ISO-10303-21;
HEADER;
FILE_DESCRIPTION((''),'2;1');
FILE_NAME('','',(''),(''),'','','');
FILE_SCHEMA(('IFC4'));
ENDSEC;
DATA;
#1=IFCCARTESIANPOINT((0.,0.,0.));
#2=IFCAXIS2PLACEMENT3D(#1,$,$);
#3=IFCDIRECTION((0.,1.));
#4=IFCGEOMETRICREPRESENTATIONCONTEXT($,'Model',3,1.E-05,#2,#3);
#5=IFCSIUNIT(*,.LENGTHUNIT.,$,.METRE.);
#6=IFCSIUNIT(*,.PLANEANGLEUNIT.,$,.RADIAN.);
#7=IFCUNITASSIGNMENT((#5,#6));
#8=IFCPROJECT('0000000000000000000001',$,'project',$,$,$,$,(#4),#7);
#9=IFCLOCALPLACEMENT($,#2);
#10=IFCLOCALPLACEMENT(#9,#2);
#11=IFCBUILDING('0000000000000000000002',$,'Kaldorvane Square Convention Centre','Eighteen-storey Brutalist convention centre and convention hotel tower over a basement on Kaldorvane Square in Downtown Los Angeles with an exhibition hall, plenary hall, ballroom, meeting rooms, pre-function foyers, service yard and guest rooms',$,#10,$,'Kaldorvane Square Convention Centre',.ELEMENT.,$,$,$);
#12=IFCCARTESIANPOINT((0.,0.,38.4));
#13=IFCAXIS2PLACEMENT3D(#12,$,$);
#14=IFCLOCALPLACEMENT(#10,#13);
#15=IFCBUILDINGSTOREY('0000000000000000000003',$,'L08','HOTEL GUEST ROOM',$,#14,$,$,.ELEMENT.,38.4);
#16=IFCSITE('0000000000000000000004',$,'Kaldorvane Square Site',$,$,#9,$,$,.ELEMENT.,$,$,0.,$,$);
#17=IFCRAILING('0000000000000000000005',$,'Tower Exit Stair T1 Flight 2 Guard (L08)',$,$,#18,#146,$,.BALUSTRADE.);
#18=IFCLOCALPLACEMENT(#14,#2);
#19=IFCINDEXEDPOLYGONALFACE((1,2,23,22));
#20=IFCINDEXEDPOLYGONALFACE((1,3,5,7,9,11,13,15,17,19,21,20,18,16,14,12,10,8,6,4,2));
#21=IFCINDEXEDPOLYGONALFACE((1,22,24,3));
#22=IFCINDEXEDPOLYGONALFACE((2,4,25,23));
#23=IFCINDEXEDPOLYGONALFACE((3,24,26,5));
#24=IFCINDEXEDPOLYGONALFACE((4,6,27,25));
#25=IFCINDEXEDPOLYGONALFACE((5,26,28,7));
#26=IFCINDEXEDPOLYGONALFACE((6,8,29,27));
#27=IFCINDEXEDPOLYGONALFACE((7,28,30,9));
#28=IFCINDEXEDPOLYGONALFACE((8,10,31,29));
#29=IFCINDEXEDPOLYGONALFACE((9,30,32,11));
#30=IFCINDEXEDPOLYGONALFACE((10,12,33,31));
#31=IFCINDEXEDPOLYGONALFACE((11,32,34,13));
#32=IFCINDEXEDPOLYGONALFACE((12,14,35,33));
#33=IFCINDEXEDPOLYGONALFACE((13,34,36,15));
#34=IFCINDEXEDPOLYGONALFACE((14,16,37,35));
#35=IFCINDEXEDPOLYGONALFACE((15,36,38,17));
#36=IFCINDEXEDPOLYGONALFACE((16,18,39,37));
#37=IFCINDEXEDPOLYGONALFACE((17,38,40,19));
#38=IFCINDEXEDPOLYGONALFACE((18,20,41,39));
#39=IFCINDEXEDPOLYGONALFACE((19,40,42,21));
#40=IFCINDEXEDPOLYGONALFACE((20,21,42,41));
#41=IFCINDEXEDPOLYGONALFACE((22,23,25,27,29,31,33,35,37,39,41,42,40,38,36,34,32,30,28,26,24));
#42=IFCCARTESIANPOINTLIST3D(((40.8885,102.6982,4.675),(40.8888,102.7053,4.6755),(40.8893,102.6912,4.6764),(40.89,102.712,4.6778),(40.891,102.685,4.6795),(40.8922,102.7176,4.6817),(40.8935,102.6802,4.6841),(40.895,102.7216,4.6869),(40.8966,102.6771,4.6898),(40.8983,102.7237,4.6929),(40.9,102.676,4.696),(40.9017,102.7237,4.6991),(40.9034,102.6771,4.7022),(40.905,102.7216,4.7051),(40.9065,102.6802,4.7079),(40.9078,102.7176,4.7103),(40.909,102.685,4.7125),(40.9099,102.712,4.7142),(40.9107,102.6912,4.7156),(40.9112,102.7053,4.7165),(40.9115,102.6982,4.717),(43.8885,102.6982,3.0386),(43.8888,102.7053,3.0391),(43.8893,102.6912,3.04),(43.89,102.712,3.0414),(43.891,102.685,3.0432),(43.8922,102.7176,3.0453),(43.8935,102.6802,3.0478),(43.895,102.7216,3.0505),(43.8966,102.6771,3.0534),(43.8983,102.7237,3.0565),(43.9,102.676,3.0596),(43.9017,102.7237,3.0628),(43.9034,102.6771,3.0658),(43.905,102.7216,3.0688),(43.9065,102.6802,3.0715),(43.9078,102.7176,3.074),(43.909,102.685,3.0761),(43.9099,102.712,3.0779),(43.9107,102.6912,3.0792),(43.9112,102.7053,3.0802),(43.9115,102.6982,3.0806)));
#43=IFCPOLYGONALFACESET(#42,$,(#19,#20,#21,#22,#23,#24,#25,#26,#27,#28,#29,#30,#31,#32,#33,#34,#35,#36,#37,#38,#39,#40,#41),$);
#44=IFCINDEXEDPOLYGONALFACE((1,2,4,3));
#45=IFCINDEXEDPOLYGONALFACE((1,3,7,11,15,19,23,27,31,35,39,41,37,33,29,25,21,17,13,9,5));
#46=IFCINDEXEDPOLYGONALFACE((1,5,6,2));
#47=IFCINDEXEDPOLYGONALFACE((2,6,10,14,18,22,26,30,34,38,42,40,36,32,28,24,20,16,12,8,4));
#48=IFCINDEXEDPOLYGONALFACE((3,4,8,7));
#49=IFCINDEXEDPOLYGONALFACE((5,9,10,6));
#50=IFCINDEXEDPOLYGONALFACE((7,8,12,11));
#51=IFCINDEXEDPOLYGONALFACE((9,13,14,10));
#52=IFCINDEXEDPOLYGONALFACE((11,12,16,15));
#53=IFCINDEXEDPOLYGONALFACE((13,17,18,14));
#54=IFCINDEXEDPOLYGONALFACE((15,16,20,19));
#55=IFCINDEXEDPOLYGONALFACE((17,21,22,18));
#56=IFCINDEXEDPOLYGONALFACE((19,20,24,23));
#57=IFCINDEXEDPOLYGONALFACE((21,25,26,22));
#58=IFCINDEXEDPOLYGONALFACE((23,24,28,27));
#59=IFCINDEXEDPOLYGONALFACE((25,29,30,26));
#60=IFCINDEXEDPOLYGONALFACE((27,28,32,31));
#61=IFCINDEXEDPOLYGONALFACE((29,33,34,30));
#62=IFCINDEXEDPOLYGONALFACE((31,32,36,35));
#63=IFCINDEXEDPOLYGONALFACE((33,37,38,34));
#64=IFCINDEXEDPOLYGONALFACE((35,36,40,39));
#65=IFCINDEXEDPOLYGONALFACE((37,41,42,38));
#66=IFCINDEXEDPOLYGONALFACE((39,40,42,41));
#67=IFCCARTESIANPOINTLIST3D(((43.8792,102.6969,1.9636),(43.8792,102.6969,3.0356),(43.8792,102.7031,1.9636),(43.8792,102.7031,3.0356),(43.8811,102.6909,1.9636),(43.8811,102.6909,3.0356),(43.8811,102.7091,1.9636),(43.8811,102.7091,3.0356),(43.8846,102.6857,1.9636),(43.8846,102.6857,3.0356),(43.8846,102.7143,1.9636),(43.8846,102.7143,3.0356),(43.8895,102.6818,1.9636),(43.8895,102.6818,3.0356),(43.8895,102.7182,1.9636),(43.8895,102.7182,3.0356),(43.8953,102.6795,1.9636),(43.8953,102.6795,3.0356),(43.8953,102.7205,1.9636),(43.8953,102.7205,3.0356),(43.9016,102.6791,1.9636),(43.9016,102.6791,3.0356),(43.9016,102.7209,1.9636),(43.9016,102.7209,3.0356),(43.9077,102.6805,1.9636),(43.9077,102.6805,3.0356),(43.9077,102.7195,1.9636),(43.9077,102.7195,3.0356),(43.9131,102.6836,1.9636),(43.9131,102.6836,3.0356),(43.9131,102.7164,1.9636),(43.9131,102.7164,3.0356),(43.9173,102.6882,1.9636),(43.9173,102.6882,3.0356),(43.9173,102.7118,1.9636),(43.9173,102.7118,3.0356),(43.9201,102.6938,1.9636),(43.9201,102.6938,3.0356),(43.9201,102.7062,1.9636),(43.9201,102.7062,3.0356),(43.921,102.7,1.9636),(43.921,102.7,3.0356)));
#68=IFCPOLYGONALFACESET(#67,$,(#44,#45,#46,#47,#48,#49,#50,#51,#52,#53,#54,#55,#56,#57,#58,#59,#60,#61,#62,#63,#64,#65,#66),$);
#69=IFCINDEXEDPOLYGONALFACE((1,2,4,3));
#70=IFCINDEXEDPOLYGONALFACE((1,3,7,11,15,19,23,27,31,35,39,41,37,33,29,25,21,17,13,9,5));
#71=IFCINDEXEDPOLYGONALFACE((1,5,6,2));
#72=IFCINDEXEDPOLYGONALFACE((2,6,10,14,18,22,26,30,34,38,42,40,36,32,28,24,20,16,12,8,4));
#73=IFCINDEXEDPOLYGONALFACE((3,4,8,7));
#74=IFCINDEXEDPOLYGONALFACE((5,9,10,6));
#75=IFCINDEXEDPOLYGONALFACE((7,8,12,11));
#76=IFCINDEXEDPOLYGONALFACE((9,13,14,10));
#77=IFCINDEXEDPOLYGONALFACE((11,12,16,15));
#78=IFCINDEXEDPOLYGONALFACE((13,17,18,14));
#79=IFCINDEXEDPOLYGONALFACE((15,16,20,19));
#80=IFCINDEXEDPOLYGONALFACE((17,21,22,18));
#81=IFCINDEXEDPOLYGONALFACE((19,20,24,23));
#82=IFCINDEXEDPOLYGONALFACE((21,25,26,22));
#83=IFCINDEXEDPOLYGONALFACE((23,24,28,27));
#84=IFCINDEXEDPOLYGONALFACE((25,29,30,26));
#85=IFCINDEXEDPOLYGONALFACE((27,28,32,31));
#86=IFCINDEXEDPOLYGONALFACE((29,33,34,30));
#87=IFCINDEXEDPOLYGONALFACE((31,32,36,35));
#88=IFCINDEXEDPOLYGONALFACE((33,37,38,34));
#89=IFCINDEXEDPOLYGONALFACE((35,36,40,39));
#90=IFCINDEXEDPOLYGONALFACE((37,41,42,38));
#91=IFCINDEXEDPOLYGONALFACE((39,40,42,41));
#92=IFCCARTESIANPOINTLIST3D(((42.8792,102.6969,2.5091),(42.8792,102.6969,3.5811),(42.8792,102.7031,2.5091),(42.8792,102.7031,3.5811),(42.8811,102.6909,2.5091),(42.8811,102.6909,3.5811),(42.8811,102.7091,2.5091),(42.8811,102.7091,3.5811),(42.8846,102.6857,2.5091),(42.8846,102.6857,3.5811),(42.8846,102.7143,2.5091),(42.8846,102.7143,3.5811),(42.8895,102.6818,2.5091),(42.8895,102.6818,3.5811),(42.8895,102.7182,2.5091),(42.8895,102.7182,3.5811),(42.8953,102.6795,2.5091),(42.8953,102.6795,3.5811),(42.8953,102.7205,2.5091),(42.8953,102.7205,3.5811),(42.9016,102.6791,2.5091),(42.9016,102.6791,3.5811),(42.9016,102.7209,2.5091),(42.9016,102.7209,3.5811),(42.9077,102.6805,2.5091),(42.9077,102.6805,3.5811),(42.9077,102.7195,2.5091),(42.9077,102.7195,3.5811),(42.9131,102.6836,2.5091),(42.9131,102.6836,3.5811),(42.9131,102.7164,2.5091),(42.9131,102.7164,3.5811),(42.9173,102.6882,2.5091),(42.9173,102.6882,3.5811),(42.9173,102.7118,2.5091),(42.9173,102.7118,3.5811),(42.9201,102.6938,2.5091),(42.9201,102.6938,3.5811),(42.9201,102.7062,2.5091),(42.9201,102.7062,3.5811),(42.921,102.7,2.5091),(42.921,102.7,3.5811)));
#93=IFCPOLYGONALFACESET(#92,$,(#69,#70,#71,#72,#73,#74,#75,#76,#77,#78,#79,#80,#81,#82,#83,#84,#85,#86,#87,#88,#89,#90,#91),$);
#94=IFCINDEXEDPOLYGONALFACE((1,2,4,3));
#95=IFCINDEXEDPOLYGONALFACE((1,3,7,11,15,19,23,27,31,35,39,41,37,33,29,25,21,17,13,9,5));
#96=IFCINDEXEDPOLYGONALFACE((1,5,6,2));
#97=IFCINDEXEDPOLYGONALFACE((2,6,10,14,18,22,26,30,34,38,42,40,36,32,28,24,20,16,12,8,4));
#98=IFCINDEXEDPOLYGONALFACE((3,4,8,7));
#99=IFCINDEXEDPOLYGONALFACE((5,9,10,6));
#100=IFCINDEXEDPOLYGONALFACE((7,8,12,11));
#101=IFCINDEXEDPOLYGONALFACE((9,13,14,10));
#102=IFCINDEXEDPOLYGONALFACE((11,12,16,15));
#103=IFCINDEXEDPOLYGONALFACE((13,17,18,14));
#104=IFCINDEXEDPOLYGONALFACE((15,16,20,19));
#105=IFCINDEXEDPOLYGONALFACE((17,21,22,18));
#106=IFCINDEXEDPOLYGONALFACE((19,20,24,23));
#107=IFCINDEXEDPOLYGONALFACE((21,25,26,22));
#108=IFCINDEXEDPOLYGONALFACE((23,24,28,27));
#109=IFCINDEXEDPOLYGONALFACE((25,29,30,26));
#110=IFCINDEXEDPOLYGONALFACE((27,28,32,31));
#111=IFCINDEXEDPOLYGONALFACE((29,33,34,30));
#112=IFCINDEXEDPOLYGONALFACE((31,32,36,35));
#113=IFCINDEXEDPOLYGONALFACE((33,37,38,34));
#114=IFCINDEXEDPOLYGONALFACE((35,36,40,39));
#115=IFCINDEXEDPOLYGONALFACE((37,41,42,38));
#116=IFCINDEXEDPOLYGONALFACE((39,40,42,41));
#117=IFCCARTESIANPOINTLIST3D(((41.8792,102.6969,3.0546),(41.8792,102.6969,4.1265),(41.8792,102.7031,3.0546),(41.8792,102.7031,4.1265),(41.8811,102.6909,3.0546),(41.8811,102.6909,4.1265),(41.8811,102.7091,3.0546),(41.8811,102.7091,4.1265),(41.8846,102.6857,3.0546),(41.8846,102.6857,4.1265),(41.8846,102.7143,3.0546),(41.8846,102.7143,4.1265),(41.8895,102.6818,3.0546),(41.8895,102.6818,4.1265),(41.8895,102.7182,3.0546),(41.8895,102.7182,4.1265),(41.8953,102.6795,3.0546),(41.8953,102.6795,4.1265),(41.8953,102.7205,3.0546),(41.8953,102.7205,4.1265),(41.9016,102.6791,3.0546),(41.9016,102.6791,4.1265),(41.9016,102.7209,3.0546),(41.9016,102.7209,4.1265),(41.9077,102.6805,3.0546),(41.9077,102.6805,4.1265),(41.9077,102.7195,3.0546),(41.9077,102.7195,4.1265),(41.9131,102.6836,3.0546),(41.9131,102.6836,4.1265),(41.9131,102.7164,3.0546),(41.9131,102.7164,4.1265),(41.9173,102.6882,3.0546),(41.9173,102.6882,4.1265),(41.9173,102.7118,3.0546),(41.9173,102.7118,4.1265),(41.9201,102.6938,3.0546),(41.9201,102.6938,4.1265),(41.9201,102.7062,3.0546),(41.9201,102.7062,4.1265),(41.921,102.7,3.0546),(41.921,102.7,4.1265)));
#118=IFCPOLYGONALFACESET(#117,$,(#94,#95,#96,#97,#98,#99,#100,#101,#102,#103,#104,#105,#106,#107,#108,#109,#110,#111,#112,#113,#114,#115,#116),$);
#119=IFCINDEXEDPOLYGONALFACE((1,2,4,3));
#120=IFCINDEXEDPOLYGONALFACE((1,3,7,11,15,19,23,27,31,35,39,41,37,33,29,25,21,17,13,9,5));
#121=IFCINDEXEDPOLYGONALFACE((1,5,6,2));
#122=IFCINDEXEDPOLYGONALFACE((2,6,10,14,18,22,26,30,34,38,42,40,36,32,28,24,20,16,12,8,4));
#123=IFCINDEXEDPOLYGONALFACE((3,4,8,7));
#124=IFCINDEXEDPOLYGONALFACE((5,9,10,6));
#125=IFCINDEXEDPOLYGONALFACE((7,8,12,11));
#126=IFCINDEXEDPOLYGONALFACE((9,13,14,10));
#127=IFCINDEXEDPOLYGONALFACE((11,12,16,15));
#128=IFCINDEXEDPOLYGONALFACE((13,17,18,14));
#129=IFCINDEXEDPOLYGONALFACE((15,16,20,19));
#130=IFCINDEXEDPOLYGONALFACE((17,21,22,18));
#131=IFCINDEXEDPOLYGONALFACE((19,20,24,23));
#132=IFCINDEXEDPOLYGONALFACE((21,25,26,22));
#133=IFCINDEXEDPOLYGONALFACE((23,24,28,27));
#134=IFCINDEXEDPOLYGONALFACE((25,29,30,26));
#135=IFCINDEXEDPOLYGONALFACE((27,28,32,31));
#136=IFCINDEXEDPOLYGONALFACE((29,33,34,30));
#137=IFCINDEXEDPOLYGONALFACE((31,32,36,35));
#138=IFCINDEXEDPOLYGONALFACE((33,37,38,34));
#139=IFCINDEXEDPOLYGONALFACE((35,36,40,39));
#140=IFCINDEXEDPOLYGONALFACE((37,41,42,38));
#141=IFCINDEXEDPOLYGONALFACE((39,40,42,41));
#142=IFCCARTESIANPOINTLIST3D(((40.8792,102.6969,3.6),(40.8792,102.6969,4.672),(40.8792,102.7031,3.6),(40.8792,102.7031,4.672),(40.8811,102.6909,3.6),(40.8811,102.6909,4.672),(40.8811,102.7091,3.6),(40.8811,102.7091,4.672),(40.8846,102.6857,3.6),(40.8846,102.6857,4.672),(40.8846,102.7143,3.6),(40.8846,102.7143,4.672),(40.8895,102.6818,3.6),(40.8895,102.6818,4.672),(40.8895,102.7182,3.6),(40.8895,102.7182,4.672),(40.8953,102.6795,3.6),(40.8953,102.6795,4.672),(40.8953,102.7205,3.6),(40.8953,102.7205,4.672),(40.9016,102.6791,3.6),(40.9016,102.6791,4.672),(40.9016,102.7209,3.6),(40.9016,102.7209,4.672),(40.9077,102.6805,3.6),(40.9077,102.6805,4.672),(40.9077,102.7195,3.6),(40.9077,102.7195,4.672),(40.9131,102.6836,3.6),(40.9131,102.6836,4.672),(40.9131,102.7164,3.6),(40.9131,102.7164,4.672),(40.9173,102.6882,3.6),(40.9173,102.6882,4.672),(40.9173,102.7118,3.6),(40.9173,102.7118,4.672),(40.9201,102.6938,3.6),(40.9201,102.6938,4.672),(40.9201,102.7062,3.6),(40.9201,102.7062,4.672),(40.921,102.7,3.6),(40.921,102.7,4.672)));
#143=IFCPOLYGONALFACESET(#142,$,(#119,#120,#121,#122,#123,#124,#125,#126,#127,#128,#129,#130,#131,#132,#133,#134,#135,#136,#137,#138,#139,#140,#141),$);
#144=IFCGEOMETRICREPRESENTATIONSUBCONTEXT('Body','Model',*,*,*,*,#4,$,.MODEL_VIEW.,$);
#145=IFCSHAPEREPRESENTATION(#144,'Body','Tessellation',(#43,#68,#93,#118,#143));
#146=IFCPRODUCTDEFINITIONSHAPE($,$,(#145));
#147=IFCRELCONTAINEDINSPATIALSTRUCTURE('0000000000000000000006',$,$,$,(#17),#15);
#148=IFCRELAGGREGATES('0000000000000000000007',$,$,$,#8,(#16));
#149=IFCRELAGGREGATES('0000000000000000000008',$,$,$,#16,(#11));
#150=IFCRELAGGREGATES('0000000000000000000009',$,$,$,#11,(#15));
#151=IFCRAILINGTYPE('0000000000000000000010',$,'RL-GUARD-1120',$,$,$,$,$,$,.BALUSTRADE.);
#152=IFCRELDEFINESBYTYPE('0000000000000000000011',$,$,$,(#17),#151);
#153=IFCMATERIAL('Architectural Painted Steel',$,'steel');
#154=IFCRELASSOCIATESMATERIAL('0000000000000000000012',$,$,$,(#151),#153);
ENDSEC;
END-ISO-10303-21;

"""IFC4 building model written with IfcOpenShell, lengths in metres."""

from ifc_helpers import new_model, si_unit, direction, frame, origin, origin_2d, place, context, subcontext, project, spatial, circle, extrude, material, type_object, element, save


model = new_model("IFC4")

# Units and contexts
model_context = context("Model", 3, precision=1e-05, world=origin(), true_north=direction((0.0, 1.0)))
body_context = subcontext(model_context, "Body", "Model", "MODEL_VIEW")
ifc_project = project(units=[si_unit("LENGTHUNIT", "METRE"), si_unit("PLANEANGLEUNIT", "RADIAN")], contexts=[model_context])

# Site, building, storey
site_placement = place(None, origin())
site = spatial("IfcSite", under=ifc_project, at=site_placement, Name="Kaldorvane Square Site", CompositionType="ELEMENT", RefElevation=0.0)
building_placement = place(site_placement, origin())
building = spatial("IfcBuilding", under=site, at=building_placement, Name="Kaldorvane Square Convention Centre", Description="Eighteen-storey Brutalist convention centre and convention hotel tower over a basement on Kaldorvane Square in Downtown Los Angeles with an exhibition hall, plenary hall, ballroom, meeting rooms, pre-function foyers, service yard and guest rooms", LongName="Kaldorvane Square Convention Centre", CompositionType="ELEMENT")
storey_placement = place(building_placement, frame((0.0, 0.0, 38.4)))
storey = spatial("IfcBuildingStorey", under=building, at=storey_placement, Name="L08", Description="HOTEL GUEST ROOM", CompositionType="ELEMENT", Elevation=38.4)

# Railing
ifc_material_1 = material(Name="Architectural Painted Steel", Category="steel")
railing_type_1 = type_object("IfcRailingType", Name="RL-GUARD-1120", PredefinedType="BALUSTRADE", material=ifc_material_1)
railing_1_placement = place(storey_placement, frame((43.9, 102.7, 1.9636)))
element("IfcRailing", 1, at=railing_1_placement, inside=storey, type_object=railing_type_1, Name="Tower Exit Stair T1 Flight 2 Guard (L08)", PredefinedType="BALUSTRADE", context=body_context, shape_type="SweptSolid", body=[
    extrude(circle(Radius=0.024, at=origin_2d()), frame((0.0, 0.0, 1.096), z_axis=(-0.877895, 0.0, 0.478853), x_axis=(0.0, -1.0, 0.0)), (0.0, 0.0, 1.0), 3.4173),
    extrude(circle(Radius=0.021, at=origin_2d()), origin(), (0.0, 0.0, 1.0), 1.072),
    extrude(circle(Radius=0.021, at=origin_2d()), frame((-1.0, 0.0, 0.5455)), (0.0, 0.0, 1.0), 1.072),
    extrude(circle(Radius=0.021, at=origin_2d()), frame((-2.0, 0.0, 1.0909)), (0.0, 0.0, 1.0), 1.072),
    extrude(circle(Radius=0.021, at=origin_2d()), frame((-3.0, 0.0, 1.6364)), (0.0, 0.0, 1.0), 1.072),
])

save(model, "model.ifc")
